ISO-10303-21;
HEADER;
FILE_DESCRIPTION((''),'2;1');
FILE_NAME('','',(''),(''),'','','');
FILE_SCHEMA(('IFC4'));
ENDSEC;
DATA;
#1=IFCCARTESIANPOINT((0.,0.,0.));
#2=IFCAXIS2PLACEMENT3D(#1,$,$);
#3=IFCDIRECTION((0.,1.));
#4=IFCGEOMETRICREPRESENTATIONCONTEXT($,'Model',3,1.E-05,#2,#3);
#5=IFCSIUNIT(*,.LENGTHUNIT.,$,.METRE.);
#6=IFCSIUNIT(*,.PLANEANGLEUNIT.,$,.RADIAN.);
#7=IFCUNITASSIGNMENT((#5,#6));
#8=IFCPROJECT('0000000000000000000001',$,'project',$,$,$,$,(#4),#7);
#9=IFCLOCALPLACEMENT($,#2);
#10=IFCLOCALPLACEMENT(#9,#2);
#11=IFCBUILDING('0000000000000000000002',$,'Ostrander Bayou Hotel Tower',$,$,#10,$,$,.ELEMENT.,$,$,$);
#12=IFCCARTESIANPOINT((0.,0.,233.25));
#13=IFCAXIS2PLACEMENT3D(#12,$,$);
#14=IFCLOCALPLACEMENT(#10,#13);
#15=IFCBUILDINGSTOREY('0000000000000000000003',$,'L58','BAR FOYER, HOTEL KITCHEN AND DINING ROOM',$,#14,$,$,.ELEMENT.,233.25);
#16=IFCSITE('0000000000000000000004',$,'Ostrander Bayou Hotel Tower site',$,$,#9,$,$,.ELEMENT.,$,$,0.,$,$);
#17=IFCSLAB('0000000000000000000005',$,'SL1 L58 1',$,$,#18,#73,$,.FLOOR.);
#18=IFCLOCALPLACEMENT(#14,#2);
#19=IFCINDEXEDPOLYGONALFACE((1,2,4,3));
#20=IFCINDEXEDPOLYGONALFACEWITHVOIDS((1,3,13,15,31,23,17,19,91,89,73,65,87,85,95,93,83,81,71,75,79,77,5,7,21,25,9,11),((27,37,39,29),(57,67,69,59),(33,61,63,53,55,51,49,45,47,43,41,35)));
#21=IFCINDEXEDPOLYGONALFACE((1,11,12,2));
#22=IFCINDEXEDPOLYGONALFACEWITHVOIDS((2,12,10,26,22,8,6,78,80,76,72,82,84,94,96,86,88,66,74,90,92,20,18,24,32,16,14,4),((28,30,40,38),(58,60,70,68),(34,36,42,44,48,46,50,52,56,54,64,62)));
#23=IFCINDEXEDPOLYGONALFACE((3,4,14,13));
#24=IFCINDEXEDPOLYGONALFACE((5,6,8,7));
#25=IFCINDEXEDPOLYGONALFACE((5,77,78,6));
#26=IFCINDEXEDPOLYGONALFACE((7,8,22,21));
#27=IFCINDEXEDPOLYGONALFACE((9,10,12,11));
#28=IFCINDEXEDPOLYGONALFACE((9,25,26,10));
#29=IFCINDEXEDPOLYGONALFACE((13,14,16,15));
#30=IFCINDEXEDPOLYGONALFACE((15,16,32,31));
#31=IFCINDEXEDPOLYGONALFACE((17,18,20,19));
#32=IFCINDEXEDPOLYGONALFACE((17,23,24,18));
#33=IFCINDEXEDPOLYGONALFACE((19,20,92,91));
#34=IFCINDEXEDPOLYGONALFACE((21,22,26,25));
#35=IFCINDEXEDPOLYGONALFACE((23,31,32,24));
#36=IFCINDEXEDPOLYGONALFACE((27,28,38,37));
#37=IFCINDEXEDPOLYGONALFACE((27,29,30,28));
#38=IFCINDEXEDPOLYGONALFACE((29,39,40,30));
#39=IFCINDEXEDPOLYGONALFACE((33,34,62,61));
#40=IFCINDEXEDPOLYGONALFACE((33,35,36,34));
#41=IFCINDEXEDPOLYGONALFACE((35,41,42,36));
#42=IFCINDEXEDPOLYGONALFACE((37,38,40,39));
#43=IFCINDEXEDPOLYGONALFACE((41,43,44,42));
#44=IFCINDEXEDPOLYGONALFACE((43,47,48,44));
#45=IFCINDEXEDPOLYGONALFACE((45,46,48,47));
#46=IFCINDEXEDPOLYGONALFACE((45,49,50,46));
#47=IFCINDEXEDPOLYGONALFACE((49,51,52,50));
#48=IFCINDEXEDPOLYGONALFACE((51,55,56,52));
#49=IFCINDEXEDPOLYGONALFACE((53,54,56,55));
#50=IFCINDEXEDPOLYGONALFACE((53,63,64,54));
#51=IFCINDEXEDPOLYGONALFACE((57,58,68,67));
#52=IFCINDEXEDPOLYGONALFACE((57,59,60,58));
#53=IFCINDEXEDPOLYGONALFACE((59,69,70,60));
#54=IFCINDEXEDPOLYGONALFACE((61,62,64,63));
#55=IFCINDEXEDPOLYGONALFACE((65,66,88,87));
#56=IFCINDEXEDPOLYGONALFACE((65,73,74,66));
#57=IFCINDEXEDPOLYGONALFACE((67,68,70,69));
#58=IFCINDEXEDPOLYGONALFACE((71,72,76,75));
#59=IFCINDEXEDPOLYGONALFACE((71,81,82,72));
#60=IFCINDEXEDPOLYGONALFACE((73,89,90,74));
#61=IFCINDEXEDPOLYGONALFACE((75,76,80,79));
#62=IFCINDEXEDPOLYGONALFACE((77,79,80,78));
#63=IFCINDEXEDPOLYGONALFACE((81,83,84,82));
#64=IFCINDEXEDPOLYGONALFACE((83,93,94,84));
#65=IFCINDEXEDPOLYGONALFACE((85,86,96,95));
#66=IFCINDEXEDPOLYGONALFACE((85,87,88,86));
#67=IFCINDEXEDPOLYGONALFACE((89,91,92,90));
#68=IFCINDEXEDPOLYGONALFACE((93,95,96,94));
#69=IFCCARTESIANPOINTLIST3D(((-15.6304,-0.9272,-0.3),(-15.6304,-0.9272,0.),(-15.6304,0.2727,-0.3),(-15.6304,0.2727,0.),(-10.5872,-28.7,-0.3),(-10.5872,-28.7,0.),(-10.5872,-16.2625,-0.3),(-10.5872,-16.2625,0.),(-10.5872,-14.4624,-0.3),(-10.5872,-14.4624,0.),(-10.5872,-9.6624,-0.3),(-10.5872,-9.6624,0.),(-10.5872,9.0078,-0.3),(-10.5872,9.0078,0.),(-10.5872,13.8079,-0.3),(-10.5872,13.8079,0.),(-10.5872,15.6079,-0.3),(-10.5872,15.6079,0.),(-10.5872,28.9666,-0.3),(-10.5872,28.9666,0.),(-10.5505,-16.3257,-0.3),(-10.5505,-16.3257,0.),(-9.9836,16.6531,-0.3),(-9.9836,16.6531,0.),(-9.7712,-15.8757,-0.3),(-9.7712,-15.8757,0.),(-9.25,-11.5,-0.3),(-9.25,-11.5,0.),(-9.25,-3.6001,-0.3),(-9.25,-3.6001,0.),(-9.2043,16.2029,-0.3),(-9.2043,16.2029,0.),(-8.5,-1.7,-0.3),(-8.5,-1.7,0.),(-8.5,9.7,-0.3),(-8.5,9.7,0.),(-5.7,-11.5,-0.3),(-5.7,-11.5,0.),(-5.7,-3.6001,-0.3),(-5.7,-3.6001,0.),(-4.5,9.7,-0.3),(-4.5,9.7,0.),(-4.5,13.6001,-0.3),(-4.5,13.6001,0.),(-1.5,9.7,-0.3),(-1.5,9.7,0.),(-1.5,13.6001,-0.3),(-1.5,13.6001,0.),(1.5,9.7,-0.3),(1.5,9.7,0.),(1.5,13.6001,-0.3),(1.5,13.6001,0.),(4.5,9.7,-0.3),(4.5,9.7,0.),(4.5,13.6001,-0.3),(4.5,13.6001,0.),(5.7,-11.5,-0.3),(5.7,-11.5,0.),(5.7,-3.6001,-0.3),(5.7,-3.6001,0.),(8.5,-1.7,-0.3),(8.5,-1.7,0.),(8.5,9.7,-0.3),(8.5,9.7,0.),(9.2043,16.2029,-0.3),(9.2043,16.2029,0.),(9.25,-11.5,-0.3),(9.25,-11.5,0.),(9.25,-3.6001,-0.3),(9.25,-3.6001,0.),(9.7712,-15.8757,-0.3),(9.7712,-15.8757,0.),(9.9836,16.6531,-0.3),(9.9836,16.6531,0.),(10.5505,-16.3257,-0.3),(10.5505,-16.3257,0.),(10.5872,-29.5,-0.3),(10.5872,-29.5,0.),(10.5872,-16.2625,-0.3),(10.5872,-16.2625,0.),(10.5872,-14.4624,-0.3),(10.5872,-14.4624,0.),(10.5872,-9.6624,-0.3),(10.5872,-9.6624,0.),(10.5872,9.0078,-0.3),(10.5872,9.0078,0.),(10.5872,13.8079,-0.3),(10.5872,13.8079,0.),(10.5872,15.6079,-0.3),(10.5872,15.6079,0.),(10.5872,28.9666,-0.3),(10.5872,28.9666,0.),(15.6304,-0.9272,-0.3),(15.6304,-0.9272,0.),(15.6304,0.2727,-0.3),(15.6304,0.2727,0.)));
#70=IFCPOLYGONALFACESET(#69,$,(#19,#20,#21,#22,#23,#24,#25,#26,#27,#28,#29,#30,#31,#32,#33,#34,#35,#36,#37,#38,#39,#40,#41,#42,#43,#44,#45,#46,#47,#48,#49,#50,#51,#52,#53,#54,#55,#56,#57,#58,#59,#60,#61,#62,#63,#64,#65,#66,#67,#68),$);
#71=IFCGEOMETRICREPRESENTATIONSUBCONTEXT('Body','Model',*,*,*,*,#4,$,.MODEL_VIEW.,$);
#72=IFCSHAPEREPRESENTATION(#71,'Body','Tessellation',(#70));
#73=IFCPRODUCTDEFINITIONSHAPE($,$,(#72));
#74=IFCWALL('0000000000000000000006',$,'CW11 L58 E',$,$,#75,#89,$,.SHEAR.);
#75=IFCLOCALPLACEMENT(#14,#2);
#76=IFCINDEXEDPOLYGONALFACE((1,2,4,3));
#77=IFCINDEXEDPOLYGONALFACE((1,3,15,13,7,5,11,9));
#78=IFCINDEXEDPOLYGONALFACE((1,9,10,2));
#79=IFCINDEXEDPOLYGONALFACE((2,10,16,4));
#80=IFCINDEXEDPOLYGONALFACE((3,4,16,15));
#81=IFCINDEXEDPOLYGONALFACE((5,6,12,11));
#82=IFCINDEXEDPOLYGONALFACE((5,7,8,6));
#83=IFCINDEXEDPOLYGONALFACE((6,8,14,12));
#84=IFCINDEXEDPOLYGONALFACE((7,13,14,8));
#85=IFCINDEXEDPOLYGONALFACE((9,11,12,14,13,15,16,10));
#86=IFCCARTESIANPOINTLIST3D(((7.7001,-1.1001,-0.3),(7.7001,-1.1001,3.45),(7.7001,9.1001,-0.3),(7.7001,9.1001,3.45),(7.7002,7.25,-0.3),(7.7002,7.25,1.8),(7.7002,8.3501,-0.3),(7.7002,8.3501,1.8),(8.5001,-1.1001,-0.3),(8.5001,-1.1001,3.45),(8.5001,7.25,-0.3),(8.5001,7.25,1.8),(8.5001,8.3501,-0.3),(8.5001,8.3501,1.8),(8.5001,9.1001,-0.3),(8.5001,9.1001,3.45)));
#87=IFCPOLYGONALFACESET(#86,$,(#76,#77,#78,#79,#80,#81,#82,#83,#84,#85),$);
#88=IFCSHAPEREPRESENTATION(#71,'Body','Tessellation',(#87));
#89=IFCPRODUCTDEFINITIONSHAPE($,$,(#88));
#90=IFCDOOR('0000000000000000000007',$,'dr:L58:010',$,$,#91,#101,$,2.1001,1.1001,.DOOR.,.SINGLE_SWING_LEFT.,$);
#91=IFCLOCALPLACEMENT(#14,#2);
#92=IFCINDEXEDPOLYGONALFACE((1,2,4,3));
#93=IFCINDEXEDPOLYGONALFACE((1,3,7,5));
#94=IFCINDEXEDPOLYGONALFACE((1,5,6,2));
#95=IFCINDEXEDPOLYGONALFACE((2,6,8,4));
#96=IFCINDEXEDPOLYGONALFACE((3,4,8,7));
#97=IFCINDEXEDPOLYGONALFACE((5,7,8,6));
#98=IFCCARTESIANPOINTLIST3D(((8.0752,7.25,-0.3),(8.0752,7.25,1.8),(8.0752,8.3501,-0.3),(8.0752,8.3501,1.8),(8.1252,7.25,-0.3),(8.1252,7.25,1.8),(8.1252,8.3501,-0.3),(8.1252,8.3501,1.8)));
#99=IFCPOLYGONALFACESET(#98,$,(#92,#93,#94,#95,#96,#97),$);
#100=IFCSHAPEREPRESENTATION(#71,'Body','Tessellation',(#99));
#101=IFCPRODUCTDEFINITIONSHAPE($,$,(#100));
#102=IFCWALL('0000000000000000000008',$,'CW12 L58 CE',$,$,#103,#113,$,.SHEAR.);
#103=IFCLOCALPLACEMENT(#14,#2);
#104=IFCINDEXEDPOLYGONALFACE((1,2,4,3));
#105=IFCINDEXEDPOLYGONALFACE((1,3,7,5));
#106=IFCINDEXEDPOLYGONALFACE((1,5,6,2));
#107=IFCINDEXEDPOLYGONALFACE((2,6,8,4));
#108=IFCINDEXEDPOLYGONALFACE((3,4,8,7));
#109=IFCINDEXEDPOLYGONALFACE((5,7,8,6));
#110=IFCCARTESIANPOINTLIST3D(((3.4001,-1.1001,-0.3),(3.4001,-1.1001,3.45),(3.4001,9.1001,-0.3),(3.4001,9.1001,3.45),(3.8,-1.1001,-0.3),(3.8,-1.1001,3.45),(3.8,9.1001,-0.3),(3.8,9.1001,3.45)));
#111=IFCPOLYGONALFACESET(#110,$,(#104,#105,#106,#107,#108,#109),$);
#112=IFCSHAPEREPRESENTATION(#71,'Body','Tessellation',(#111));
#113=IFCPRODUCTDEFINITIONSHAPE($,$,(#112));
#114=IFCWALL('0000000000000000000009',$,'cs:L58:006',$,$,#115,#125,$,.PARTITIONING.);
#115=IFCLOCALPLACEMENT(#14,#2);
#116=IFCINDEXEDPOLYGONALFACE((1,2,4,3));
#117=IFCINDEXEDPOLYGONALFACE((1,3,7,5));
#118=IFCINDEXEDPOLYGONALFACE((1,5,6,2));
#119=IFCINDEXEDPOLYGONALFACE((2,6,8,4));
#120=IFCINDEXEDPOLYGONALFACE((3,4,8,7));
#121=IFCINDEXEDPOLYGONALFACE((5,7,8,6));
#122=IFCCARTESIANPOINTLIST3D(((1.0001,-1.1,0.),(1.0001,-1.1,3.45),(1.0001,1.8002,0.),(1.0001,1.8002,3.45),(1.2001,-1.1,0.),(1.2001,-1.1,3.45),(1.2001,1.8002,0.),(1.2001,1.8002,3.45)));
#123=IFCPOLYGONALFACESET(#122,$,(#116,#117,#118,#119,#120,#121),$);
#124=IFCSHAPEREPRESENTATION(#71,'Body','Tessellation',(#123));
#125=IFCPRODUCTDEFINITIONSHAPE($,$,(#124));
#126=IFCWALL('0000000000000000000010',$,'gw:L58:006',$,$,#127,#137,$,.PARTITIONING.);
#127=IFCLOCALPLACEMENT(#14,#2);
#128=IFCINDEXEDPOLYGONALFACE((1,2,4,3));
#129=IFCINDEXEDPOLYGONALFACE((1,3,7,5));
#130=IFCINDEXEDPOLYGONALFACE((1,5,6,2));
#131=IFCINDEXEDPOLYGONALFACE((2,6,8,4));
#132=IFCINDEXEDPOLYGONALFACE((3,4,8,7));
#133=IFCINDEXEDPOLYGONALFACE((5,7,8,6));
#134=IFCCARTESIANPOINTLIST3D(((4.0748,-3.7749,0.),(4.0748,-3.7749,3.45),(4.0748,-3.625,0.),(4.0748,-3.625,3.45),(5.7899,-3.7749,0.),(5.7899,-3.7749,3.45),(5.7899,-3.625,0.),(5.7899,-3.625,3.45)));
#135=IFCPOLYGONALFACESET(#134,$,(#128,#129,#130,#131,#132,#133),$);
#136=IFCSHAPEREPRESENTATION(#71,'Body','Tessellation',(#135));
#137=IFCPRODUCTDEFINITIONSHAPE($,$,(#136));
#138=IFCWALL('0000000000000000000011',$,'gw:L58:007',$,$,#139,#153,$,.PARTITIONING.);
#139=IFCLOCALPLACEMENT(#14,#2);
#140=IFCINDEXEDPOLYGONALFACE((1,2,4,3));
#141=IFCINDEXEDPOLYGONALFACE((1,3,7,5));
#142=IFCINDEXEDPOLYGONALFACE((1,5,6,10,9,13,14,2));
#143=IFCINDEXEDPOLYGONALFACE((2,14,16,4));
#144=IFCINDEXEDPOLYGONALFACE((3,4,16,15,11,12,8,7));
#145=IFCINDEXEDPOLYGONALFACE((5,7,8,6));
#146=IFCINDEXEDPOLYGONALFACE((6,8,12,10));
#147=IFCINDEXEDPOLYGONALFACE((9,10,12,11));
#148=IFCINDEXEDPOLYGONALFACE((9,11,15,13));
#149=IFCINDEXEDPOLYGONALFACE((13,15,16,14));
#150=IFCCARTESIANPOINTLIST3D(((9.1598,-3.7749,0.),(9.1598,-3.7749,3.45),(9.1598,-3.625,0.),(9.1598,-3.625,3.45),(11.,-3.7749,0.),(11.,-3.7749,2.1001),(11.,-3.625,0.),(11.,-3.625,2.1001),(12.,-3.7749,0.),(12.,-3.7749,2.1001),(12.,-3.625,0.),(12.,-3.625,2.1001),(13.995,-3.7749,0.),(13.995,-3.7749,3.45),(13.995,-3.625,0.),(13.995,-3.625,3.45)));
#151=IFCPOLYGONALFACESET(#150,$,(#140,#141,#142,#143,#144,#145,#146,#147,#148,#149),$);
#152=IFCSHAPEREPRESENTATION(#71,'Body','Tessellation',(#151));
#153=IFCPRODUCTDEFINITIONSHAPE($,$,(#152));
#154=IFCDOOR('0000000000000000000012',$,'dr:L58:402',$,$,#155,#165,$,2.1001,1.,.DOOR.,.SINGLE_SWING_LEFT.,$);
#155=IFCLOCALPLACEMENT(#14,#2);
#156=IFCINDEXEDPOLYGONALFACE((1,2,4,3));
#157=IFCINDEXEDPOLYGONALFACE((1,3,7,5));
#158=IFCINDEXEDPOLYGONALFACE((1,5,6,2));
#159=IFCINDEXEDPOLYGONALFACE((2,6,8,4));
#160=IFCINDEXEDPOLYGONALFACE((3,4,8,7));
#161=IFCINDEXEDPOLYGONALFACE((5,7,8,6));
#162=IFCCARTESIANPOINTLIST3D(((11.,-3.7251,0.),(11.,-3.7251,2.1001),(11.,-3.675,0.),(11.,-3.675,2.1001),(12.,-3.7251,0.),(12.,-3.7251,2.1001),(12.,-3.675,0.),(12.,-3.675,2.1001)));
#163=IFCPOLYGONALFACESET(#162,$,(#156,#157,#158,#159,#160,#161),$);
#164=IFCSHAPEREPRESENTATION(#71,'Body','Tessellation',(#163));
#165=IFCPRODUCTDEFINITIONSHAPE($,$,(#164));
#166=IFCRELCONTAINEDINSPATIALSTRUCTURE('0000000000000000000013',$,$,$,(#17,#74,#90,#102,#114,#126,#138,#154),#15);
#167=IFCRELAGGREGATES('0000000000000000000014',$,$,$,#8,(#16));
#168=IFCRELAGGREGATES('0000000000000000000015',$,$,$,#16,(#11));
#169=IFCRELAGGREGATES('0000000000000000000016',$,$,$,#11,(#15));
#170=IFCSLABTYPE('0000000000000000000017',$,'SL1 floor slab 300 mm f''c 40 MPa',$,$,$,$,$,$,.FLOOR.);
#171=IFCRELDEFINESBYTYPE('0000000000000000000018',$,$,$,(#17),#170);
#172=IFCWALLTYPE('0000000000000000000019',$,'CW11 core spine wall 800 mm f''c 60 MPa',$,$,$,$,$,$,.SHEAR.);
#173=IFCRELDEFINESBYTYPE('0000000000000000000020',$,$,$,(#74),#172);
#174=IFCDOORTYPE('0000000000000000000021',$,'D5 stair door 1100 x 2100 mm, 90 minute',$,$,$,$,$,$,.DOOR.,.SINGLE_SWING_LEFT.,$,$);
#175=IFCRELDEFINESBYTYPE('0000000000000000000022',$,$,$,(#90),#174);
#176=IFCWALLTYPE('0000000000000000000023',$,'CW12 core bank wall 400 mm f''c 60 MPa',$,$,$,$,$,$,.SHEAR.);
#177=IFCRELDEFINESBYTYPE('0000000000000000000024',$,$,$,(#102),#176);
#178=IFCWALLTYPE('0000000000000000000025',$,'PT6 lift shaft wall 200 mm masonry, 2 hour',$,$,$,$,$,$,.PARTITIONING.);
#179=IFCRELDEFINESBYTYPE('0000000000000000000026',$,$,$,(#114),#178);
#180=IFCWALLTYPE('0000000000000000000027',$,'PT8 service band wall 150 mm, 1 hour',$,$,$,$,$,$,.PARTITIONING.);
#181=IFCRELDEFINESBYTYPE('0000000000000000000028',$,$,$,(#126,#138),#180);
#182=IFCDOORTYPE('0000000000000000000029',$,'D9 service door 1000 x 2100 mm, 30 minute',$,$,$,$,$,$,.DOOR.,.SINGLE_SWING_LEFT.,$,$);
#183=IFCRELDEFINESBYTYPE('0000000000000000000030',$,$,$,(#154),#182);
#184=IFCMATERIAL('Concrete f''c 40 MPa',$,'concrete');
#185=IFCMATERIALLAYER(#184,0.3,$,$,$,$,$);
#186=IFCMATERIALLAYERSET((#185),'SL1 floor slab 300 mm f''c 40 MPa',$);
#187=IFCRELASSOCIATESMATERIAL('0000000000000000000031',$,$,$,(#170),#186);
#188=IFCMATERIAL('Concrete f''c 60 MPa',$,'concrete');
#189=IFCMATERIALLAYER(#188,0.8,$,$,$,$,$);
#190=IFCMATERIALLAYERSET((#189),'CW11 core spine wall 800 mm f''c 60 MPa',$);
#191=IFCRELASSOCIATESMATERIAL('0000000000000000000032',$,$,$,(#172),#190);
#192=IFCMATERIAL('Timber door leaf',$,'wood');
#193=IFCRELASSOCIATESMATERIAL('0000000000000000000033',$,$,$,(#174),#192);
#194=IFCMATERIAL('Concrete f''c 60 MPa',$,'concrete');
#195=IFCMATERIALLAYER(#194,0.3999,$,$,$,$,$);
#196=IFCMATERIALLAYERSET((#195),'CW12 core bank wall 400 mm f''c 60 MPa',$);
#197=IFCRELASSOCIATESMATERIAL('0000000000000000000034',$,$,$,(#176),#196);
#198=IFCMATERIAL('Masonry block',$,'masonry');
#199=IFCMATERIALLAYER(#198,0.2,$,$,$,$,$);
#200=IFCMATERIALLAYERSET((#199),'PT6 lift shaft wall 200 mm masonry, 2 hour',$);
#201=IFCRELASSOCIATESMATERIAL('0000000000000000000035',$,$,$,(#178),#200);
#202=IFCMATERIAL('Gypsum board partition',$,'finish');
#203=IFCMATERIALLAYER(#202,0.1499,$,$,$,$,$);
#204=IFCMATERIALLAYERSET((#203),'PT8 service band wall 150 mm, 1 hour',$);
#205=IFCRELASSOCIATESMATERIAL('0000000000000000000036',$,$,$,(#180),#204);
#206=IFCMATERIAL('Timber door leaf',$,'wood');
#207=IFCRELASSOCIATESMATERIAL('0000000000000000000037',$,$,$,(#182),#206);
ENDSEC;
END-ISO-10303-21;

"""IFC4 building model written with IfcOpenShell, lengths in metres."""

from ifc_helpers import new_model, si_unit, direction, frame, frame_2d, origin, place, context, subcontext, project, spatial, polyline, rectangle, outline, extrude, material, layer, layer_set, type_object, element, fill, save


model = new_model("IFC4")

# Units and contexts
model_context = context("Model", 3, precision=1e-05, world=origin(), true_north=direction((0.0, 1.0)))
body_context = subcontext(model_context, "Body", "Model", "MODEL_VIEW")
ifc_project = project(units=[si_unit("LENGTHUNIT", "METRE"), si_unit("PLANEANGLEUNIT", "RADIAN")], contexts=[model_context])

# Site, building, storey
site_placement = place(None, origin())
site = spatial("IfcSite", under=ifc_project, at=site_placement, Name="Ostrander Bayou Hotel Tower site", CompositionType="ELEMENT", RefElevation=0.0)
building_placement = place(site_placement, origin())
building = spatial("IfcBuilding", under=site, at=building_placement, Name="Ostrander Bayou Hotel Tower", CompositionType="ELEMENT")
storey_placement = place(building_placement, frame((0.0, 0.0, 233.25)))
storey = spatial("IfcBuildingStorey", under=building, at=storey_placement, Name="L58", Description="BAR FOYER, HOTEL KITCHEN AND DINING ROOM", CompositionType="ELEMENT", Elevation=233.25)

# Slab
ifc_material_1 = material(Name="Concrete f'c 40 MPa", Category="concrete")
ifc_layer_1 = layer(ifc_material_1, 0.3)
ifc_layer_set_1 = layer_set([ifc_layer_1], Name="SL1 floor slab 300 mm f'c 40 MPa")
slab_type = type_object("IfcSlabType", Name="SL1 floor slab 300 mm f'c 40 MPa", PredefinedType="FLOOR", material=ifc_layer_set_1)
slab_placement = place(storey_placement, frame((0.0, 0.0, -0.3)))
element("IfcSlab", 1, at=slab_placement, inside=storey, type_object=slab_type, Name="SL1 L58 1", PredefinedType="FLOOR", context=body_context, shape_type="SweptSolid", body=[
    extrude(outline(polyline([(-10.5505, -16.3257), (-9.7712, -15.8757), (-10.5872, -14.4624), (-10.5872, -9.6624), (-15.6304, -0.9272), (-15.6304, 0.2727), (-10.5872, 9.0078), (-10.5872, 13.8079), (-9.2043, 16.2029), (-9.9836, 16.6531), (-10.5872, 15.6079), (-10.5872, 28.9666), (10.5872, 28.9666), (10.5872, 15.6079), (9.9836, 16.6531), (9.2043, 16.2029), (10.5872, 13.8079), (10.5872, 9.0078), (15.6304, 0.2727), (15.6304, -0.9272), (10.5872, -9.6624), (10.5872, -14.4624), (9.7712, -15.8757), (10.5505, -16.3257), (10.5872, -16.2625), (10.5872, -29.5), (-10.5872, -28.7), (-10.5872, -16.2625), (-10.5505, -16.3257)]), holes=[polyline([(9.25, -3.6001), (5.7, -3.6001), (5.7, -11.5), (9.25, -11.5), (9.25, -3.6001)]), polyline([(-8.5, -1.7), (8.5, -1.7), (8.5, 9.7), (4.5, 9.7), (4.5, 13.6001), (1.5, 13.6001), (1.5, 9.7), (-1.5, 9.7), (-1.5, 13.6001), (-4.5, 13.6001), (-4.5, 9.7), (-8.5, 9.7), (-8.5, -1.7)]), polyline([(-5.7, -3.6001), (-9.25, -3.6001), (-9.25, -11.5), (-5.7, -11.5), (-5.7, -3.6001)])]), origin(), (0.0, 0.0, 1.0), 0.3),
])

# Wall, opening, door
ifc_material_2 = material(Name="Concrete f'c 60 MPa", Category="concrete")
ifc_layer_2 = layer(ifc_material_2, 0.8)
ifc_layer_set_2 = layer_set([ifc_layer_2], Name="CW11 core spine wall 800 mm f'c 60 MPa")
wall_type_1 = type_object("IfcWallType", Name="CW11 core spine wall 800 mm f'c 60 MPa", PredefinedType="SHEAR", material=ifc_layer_set_2)
wall_1_placement = place(storey_placement, frame((8.1001, -1.1001, -0.3), z_axis=(0.0, 0.0, 1.0), x_axis=(0.0, 1.0, 0.0)))
wall_1 = element("IfcWall", 2, at=wall_1_placement, inside=storey, type_object=wall_type_1, Name="CW11 L58 E", PredefinedType="SHEAR", context=body_context, shape_type="SweptSolid", body=[
    extrude(rectangle(XDim=10.2002, YDim=0.8, at=frame_2d((5.1001, 0.0))), origin(), (0.0, 0.0, 1.0), 3.75),
])
opening_1_placement = place(wall_1_placement, frame((8.3501, 0.0, 0.0)))
opening_1 = element("IfcOpeningElement", 3, at=opening_1_placement, cuts=wall_1, PredefinedType="OPENING", context=body_context, shape_type="SweptSolid", body=[
    extrude(rectangle(XDim=1.1001, YDim=2.1001, at=frame_2d((0.55, 1.05))), frame((0.0, 0.3999, 0.0), z_axis=(0.0, -1.0, 0.0), x_axis=(1.0, 0.0, 0.0)), (0.0, 0.0, 1.0), 0.8),
])
ifc_material_3 = material(Name="Timber door leaf", Category="wood")
door_type_1 = type_object("IfcDoorType", Name="D5 stair door 1100 x 2100 mm, 90 minute", OperationType="SINGLE_SWING_LEFT", PredefinedType="DOOR", material=ifc_material_3)
door_1_placement = place(opening_1_placement, origin())
door_1 = element("IfcDoor", 4, at=door_1_placement, inside=storey, type_object=door_type_1, Name="dr:L58:010", OperationType="SINGLE_SWING_LEFT", OverallHeight=2.1001, OverallWidth=1.1001, PredefinedType="DOOR", context=body_context, shape_type="SweptSolid", body=[
    extrude(rectangle(XDim=1.1001, YDim=2.1001, at=frame_2d((0.55, 1.05))), frame((0.0, 0.0249, 0.0), z_axis=(0.0, -1.0, 0.0), x_axis=(1.0, 0.0, 0.0)), (0.0, 0.0, 1.0), 0.05),
])
fill(opening_1, door_1)

# Walls
ifc_material_4 = material(Name="Concrete f'c 60 MPa", Category="concrete")
ifc_layer_3 = layer(ifc_material_4, 0.3999)
ifc_layer_set_3 = layer_set([ifc_layer_3], Name="CW12 core bank wall 400 mm f'c 60 MPa")
wall_type_2 = type_object("IfcWallType", Name="CW12 core bank wall 400 mm f'c 60 MPa", PredefinedType="SHEAR", material=ifc_layer_set_3)
wall_2_placement = place(storey_placement, frame((3.6001, -1.1001, -0.3), z_axis=(0.0, 0.0, 1.0), x_axis=(0.0, 1.0, 0.0)))
element("IfcWall", 5, at=wall_2_placement, inside=storey, type_object=wall_type_2, Name="CW12 L58 CE", PredefinedType="SHEAR", context=body_context, shape_type="SweptSolid", body=[
    extrude(rectangle(XDim=10.2002, YDim=0.3999, at=frame_2d((5.1001, 0.0))), origin(), (0.0, 0.0, 1.0), 3.75),
])
ifc_material_5 = material(Name="Masonry block", Category="masonry")
ifc_layer_4 = layer(ifc_material_5, 0.2)
ifc_layer_set_4 = layer_set([ifc_layer_4], Name="PT6 lift shaft wall 200 mm masonry, 2 hour")
wall_type_3 = type_object("IfcWallType", Name="PT6 lift shaft wall 200 mm masonry, 2 hour", PredefinedType="PARTITIONING", material=ifc_layer_set_4)
wall_3_placement = place(storey_placement, frame((1.1001, -1.1001, 0.0), z_axis=(0.0, 0.0, 1.0), x_axis=(0.0, 1.0, 0.0)))
element("IfcWall", 6, at=wall_3_placement, inside=storey, type_object=wall_type_3, Name="cs:L58:006", PredefinedType="PARTITIONING", context=body_context, shape_type="SweptSolid", body=[
    extrude(rectangle(XDim=2.9001, YDim=0.2, at=frame_2d((1.4502, 0.0))), origin(), (0.0, 0.0, 1.0), 3.45),
])
ifc_material_6 = material(Name="Gypsum board partition", Category="finish")
ifc_layer_5 = layer(ifc_material_6, 0.1499)
ifc_layer_set_5 = layer_set([ifc_layer_5], Name="PT8 service band wall 150 mm, 1 hour")
wall_type_4 = type_object("IfcWallType", Name="PT8 service band wall 150 mm, 1 hour", PredefinedType="PARTITIONING", material=ifc_layer_set_5)
wall_4_placement = place(storey_placement, frame((4.075, -3.7, 0.0), z_axis=(0.0, 0.0, 1.0), x_axis=(1.0, 0.0, 0.0)))
element("IfcWall", 7, at=wall_4_placement, inside=storey, type_object=wall_type_4, Name="gw:L58:006", PredefinedType="PARTITIONING", context=body_context, shape_type="SweptSolid", body=[
    extrude(rectangle(XDim=1.7151, YDim=0.1499, at=frame_2d((0.8574, 0.0))), origin(), (0.0, 0.0, 1.0), 3.45),
])

# Wall, opening, door
wall_5_placement = place(storey_placement, frame((9.1599, -3.7, 0.0), z_axis=(0.0, 0.0, 1.0), x_axis=(1.0, 0.0, 0.0)))
wall_5 = element("IfcWall", 8, at=wall_5_placement, inside=storey, type_object=wall_type_4, Name="gw:L58:007", PredefinedType="PARTITIONING", context=body_context, shape_type="SweptSolid", body=[
    extrude(rectangle(XDim=4.8352, YDim=0.1499, at=frame_2d((2.4175, 0.0))), origin(), (0.0, 0.0, 1.0), 3.45),
])
opening_2_placement = place(wall_5_placement, frame((1.8401, 0.0, 0.0)))
opening_2 = element("IfcOpeningElement", 9, at=opening_2_placement, cuts=wall_5, PredefinedType="OPENING", context=body_context, shape_type="SweptSolid", body=[
    extrude(rectangle(XDim=1.0, YDim=2.1001, at=frame_2d((0.5, 1.05))), frame((0.0, 0.075, 0.0), z_axis=(0.0, -1.0, 0.0), x_axis=(1.0, 0.0, 0.0)), (0.0, 0.0, 1.0), 0.1499),
])
ifc_material_7 = material(Name="Timber door leaf", Category="wood")
door_type_2 = type_object("IfcDoorType", Name="D9 service door 1000 x 2100 mm, 30 minute", OperationType="SINGLE_SWING_LEFT", PredefinedType="DOOR", material=ifc_material_7)
door_2_placement = place(opening_2_placement, origin())
door_2 = element("IfcDoor", 10, at=door_2_placement, inside=storey, type_object=door_type_2, Name="dr:L58:402", OperationType="SINGLE_SWING_LEFT", OverallHeight=2.1001, OverallWidth=1.0, PredefinedType="DOOR", context=body_context, shape_type="SweptSolid", body=[
    extrude(rectangle(XDim=1.0, YDim=2.1001, at=frame_2d((0.5, 1.05))), frame((0.0, 0.0249, 0.0), z_axis=(0.0, -1.0, 0.0), x_axis=(1.0, 0.0, 0.0)), (0.0, 0.0, 1.0), 0.05),
])
fill(opening_2, door_2)

save(model, "model.ifc")
